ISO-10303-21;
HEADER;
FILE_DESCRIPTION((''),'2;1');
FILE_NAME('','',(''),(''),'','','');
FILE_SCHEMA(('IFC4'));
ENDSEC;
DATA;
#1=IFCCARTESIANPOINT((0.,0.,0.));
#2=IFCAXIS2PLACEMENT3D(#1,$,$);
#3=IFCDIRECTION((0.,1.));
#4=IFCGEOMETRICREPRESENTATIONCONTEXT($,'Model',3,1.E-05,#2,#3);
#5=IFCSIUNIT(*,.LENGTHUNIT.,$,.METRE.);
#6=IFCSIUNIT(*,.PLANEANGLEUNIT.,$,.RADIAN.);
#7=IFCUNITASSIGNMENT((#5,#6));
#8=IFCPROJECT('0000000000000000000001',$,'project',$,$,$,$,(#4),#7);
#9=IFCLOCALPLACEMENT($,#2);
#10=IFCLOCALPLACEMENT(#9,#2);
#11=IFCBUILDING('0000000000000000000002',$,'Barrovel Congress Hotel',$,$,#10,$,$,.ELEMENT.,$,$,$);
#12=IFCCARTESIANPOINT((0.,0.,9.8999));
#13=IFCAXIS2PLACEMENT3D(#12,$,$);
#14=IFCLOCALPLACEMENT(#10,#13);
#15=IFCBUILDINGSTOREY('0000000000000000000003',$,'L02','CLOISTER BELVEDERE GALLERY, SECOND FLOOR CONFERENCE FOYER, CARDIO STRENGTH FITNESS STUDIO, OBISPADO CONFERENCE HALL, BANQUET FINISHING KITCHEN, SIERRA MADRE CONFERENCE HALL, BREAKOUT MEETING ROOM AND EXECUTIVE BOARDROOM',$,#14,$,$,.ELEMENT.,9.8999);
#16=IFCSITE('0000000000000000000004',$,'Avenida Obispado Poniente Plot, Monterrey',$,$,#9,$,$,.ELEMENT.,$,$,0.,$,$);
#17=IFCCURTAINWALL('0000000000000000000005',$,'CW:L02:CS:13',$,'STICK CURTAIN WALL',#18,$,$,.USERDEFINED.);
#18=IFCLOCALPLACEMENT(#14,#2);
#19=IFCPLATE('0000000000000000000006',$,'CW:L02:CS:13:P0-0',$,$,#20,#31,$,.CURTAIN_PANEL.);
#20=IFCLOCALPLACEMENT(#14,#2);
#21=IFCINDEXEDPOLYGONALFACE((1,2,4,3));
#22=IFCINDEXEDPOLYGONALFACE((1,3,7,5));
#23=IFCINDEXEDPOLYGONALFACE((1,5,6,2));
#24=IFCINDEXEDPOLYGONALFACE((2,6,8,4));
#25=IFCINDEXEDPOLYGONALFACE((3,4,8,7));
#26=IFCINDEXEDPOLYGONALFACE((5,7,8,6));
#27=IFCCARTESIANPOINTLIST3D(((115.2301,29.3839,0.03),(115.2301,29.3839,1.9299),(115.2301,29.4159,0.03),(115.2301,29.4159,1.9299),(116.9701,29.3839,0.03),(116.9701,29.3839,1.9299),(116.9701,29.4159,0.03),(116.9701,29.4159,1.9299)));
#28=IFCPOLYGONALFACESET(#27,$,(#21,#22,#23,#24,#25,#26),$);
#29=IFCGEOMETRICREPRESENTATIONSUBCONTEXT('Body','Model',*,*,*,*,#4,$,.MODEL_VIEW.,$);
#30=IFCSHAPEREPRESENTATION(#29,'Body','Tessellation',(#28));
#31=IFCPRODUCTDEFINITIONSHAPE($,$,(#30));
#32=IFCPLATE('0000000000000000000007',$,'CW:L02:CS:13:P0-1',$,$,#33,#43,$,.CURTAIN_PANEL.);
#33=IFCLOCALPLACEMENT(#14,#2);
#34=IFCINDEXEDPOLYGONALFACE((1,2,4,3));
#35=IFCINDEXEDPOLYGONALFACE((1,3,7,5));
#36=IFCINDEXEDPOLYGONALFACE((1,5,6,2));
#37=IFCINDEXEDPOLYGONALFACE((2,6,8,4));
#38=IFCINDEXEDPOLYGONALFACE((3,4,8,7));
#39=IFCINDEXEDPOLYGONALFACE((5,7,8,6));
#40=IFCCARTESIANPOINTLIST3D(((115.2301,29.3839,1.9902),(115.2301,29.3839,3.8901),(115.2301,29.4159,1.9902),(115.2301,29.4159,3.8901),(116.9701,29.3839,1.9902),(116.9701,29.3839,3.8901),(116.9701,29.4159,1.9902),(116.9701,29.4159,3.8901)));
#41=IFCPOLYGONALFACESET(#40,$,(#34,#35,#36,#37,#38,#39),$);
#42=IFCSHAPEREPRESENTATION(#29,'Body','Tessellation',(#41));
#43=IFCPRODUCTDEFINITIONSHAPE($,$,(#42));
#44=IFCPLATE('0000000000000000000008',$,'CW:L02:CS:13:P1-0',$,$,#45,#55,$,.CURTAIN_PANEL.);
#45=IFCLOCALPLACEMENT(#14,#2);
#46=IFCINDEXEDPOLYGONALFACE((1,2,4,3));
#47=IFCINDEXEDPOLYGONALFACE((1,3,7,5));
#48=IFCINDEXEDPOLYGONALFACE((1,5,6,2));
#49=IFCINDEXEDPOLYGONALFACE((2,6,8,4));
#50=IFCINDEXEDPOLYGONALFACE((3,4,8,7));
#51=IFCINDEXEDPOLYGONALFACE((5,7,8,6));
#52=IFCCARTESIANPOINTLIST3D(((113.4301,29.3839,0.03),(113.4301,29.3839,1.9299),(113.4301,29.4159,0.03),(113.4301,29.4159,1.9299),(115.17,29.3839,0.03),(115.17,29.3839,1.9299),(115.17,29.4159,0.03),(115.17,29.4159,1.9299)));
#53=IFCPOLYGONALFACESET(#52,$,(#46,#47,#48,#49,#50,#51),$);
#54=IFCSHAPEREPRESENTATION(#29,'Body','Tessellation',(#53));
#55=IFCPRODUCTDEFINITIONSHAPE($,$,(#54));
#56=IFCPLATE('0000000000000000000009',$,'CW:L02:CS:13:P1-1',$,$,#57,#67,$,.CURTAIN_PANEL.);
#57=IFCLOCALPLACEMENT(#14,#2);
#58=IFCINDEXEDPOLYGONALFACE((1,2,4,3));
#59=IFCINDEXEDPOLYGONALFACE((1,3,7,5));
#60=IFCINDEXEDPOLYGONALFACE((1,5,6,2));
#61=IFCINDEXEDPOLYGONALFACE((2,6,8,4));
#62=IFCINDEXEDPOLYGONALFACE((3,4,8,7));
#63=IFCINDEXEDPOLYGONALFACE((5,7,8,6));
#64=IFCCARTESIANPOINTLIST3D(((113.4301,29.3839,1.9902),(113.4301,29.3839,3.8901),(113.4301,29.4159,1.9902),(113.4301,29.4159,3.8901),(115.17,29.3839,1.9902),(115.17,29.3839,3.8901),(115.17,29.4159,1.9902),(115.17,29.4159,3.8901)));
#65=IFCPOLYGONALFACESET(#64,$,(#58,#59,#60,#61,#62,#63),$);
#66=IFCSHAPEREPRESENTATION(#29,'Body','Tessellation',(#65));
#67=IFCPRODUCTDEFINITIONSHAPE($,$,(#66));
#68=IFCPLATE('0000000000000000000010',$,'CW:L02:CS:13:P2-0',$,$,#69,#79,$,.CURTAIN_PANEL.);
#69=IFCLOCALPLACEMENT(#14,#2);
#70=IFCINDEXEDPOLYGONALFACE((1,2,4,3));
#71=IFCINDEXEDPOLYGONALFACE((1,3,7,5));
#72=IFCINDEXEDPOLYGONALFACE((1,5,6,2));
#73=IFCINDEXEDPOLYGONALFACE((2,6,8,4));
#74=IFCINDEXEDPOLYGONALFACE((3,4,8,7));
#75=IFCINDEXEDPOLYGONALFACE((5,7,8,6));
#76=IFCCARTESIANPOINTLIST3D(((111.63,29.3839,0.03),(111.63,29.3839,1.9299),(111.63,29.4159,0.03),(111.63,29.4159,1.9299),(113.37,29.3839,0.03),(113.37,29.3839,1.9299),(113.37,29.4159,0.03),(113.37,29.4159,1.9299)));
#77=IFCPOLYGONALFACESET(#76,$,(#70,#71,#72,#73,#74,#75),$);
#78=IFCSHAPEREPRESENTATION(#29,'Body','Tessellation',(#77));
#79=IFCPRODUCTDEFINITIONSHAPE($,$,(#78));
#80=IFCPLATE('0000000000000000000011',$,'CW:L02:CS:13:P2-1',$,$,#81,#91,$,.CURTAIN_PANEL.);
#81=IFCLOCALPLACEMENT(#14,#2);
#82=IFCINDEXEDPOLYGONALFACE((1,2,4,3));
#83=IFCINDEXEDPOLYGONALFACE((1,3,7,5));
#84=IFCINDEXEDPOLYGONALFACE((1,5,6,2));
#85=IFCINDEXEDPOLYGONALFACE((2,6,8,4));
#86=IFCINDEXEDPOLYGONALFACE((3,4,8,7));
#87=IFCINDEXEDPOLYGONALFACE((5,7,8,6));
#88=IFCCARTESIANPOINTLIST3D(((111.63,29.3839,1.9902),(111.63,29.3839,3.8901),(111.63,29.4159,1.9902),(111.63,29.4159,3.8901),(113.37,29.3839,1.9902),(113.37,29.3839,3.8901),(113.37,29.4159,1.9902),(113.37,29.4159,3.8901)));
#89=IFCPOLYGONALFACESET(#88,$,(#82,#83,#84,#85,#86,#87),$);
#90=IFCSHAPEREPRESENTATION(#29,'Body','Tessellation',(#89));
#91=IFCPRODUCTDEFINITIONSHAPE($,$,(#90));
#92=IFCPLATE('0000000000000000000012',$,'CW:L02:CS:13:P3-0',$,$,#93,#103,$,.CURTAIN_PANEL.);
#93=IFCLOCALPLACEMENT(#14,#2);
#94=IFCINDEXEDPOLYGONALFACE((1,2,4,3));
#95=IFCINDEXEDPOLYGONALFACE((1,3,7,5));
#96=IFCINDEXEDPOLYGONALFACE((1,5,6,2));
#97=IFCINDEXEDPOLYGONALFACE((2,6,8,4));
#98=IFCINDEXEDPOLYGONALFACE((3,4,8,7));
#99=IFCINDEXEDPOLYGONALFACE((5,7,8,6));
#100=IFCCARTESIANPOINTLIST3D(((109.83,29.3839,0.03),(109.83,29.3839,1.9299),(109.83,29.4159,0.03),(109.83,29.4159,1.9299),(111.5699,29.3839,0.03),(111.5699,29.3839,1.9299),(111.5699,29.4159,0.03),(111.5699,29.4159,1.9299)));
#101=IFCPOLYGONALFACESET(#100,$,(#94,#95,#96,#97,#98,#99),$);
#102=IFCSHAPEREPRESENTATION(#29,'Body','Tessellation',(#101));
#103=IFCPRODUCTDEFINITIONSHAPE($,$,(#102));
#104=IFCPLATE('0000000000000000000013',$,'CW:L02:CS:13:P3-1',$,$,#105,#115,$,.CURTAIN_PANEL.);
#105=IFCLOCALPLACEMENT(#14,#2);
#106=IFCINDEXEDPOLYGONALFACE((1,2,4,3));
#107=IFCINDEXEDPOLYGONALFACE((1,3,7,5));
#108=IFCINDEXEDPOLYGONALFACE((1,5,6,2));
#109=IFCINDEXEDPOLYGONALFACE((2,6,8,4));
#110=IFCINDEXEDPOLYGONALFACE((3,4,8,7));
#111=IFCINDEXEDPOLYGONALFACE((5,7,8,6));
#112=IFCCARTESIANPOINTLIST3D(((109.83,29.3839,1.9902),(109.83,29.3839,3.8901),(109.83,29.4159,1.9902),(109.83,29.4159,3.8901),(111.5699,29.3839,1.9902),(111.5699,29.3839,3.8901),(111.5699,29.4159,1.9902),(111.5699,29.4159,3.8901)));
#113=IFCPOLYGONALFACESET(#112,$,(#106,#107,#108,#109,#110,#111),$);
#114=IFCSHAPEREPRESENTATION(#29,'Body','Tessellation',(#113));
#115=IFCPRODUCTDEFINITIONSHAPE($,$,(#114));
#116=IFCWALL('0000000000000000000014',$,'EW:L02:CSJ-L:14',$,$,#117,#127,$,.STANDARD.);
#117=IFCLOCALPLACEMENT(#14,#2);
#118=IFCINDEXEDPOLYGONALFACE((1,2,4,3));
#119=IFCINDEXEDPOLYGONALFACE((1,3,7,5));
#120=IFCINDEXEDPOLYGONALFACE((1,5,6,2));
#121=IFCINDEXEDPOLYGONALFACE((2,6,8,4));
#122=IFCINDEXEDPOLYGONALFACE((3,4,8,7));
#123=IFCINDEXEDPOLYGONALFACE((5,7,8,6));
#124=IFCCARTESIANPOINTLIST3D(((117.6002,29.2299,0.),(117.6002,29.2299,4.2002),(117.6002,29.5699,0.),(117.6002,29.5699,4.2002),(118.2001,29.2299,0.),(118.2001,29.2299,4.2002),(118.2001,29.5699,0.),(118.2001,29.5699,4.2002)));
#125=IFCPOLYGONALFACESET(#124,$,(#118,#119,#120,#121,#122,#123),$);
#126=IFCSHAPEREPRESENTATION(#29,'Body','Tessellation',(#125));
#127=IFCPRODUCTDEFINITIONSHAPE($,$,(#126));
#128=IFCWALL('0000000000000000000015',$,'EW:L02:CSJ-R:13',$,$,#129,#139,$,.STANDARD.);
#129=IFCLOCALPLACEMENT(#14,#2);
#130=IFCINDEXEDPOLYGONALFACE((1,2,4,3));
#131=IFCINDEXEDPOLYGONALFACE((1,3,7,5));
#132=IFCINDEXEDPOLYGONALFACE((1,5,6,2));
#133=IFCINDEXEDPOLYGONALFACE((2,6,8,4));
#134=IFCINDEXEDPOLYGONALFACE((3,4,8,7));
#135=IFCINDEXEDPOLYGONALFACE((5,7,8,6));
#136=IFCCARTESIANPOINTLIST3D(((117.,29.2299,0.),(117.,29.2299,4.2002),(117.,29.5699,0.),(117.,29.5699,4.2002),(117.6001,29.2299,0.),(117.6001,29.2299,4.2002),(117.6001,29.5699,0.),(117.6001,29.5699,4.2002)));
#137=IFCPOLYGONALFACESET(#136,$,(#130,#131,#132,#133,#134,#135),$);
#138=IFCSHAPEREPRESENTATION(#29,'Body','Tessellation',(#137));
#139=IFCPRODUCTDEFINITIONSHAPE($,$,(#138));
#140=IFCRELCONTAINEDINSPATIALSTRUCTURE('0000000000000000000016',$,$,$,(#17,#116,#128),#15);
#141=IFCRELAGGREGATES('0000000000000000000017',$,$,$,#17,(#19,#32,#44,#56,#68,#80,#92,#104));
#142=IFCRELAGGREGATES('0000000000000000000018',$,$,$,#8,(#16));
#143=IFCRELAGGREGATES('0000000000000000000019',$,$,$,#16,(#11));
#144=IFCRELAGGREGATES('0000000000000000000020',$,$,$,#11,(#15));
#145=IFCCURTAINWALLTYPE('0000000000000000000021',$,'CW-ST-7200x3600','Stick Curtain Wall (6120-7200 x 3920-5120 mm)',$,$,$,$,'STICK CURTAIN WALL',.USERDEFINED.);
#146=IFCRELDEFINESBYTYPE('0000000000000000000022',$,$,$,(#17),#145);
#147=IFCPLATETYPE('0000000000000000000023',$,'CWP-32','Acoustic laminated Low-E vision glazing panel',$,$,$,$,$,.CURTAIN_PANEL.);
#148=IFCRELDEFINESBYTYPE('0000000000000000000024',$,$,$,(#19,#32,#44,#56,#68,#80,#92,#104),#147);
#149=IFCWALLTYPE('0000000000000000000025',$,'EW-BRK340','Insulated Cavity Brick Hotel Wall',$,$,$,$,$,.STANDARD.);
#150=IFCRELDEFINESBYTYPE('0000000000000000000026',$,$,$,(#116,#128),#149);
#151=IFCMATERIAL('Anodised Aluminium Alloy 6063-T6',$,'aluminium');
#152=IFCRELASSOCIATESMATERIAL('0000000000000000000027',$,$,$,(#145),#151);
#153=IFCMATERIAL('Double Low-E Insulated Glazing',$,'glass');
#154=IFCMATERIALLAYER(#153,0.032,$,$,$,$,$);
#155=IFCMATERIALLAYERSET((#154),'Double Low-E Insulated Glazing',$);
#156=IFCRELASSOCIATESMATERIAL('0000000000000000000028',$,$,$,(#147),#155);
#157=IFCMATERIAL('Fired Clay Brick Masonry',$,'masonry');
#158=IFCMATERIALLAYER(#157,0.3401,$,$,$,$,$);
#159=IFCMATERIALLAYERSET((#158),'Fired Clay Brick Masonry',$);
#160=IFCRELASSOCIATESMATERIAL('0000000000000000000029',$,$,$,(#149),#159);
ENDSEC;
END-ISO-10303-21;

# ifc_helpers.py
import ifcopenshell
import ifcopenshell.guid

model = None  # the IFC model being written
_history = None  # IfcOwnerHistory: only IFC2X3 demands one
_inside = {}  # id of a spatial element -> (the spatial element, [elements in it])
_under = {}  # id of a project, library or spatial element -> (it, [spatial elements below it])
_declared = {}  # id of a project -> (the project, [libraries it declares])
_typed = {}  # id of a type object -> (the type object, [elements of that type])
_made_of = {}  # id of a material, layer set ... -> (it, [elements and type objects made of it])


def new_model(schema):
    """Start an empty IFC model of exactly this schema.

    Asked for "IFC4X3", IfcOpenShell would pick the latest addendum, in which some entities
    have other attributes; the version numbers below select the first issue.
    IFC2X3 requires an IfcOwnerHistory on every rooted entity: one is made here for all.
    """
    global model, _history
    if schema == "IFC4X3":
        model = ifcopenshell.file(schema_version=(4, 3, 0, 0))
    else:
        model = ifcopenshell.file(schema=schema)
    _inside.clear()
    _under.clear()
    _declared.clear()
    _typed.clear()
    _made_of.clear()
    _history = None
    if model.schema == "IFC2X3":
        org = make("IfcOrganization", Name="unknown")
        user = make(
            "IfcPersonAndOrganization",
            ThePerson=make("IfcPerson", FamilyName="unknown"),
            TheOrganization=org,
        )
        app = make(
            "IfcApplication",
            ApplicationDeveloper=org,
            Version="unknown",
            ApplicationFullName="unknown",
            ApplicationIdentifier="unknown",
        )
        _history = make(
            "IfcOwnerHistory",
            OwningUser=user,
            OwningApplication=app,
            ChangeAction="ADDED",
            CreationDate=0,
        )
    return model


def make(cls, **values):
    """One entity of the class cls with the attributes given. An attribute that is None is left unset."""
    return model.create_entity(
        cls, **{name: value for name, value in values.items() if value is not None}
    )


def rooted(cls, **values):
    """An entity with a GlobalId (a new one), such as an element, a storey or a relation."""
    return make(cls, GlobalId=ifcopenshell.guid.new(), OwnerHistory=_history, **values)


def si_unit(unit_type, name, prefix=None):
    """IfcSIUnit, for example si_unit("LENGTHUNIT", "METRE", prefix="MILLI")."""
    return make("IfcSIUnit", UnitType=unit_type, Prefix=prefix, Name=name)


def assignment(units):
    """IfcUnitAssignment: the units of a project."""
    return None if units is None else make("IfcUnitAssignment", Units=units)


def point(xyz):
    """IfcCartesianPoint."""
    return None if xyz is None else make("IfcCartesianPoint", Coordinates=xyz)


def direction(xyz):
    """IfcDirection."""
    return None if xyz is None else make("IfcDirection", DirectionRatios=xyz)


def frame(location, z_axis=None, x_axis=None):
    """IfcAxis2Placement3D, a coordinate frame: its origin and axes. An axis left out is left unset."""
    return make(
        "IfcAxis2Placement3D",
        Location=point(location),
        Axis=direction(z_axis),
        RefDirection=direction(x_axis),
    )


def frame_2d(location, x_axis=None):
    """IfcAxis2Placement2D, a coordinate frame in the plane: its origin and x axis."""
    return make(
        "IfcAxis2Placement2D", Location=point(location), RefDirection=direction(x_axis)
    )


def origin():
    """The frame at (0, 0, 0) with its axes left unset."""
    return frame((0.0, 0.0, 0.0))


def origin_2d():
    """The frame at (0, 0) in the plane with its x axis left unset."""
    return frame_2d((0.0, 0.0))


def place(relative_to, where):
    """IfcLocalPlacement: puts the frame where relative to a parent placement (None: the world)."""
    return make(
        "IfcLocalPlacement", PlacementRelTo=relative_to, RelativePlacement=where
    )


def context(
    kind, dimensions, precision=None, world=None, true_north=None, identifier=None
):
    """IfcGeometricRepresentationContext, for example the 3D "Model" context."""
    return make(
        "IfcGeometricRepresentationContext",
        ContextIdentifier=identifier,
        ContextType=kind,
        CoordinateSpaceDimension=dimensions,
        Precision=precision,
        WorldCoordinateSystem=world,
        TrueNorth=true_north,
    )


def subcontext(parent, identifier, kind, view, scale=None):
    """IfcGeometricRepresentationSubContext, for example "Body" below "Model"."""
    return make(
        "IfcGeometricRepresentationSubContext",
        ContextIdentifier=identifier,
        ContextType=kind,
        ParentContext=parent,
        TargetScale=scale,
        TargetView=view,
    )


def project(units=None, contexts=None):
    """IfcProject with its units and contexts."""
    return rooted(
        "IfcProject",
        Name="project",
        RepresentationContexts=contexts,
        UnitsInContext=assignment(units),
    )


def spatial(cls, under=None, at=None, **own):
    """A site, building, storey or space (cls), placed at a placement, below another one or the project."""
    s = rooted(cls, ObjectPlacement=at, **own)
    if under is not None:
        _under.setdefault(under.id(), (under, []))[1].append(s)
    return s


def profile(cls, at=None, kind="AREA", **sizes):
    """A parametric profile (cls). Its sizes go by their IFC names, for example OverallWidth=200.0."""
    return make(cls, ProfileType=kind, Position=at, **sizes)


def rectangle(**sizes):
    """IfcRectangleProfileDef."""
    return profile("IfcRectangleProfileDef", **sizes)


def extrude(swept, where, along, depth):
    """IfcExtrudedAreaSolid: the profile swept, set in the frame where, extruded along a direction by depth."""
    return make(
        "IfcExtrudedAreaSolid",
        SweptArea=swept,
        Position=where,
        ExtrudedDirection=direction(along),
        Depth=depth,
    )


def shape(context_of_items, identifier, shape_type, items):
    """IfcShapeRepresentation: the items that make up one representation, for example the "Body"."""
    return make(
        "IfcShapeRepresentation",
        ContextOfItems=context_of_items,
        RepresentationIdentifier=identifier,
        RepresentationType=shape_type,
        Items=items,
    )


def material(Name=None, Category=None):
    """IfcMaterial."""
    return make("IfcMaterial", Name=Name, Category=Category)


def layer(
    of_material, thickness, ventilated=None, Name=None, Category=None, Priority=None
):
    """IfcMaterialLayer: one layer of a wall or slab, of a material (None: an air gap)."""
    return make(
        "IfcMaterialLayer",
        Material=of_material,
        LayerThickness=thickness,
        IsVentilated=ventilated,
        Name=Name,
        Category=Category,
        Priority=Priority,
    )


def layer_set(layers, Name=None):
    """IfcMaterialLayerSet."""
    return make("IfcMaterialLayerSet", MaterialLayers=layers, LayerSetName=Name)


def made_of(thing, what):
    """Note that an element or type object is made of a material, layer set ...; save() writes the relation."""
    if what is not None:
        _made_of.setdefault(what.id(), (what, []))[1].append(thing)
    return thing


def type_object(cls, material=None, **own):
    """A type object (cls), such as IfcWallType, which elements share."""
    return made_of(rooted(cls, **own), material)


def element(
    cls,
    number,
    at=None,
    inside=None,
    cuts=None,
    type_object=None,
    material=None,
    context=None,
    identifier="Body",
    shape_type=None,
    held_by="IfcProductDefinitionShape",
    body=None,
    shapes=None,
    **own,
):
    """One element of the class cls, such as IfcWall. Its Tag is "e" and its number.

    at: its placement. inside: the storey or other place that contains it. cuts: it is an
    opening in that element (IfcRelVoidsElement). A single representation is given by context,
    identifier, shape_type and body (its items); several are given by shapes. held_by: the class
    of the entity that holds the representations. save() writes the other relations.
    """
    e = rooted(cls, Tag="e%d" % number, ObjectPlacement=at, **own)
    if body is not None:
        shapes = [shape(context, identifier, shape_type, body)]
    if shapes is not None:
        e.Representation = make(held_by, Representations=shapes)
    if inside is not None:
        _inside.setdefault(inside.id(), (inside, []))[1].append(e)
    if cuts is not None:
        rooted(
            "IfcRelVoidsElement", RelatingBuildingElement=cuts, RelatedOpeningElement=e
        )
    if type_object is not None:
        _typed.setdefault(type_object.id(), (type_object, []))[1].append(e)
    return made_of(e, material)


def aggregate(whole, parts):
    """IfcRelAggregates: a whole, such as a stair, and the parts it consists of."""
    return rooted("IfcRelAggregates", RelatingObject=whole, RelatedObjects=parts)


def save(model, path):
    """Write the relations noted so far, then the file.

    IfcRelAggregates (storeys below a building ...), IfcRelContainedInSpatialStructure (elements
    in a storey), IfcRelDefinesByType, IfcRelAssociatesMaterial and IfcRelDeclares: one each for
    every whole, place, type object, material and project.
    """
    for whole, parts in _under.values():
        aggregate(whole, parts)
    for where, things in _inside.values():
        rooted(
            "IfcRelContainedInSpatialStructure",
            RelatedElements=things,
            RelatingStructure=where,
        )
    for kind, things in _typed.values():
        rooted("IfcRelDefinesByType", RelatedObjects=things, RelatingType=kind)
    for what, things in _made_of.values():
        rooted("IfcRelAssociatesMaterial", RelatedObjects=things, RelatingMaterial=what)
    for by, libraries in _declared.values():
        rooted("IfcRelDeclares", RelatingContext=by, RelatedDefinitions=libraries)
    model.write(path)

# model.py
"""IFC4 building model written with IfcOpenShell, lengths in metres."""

from ifc_helpers import new_model, si_unit, direction, frame, frame_2d, origin, origin_2d, place, context, subcontext, project, spatial, rectangle, extrude, material, layer, layer_set, type_object, element, aggregate, save


model = new_model("IFC4")

# Units and contexts
model_context = context("Model", 3, precision=1e-05, world=origin(), true_north=direction((0.0, 1.0)))
body_context = subcontext(model_context, "Body", "Model", "MODEL_VIEW")
ifc_project = project(units=[si_unit("LENGTHUNIT", "METRE"), si_unit("PLANEANGLEUNIT", "RADIAN")], contexts=[model_context])

# Site, building, storey
site_placement = place(None, origin())
site = spatial("IfcSite", under=ifc_project, at=site_placement, Name="Avenida Obispado Poniente Plot, Monterrey", CompositionType="ELEMENT", RefElevation=0.0)
building_placement = place(site_placement, origin())
building = spatial("IfcBuilding", under=site, at=building_placement, Name="Barrovel Congress Hotel", CompositionType="ELEMENT")
storey_placement = place(building_placement, frame((0.0, 0.0, 9.8999)))
storey = spatial("IfcBuildingStorey", under=building, at=storey_placement, Name="L02", Description="CLOISTER BELVEDERE GALLERY, SECOND FLOOR CONFERENCE FOYER, CARDIO STRENGTH FITNESS STUDIO, OBISPADO CONFERENCE HALL, BANQUET FINISHING KITCHEN, SIERRA MADRE CONFERENCE HALL, BREAKOUT MEETING ROOM AND EXECUTIVE BOARDROOM", CompositionType="ELEMENT", Elevation=9.8999)

# Shared definitions
ifc_material_1 = material(Name="Anodised Aluminium Alloy 6063-T6", Category="aluminium")
curtain_wall_type = type_object("IfcCurtainWallType", Name="CW-ST-7200x3600", Description="Stick Curtain Wall (6120-7200 x 3920-5120 mm)", ElementType="STICK CURTAIN WALL", PredefinedType="USERDEFINED", material=ifc_material_1)

# Curtain wall
curtain_wall_1_placement = place(storey_placement, origin())
curtain_wall_1 = element("IfcCurtainWall", 1, at=curtain_wall_1_placement, inside=storey, type_object=curtain_wall_type, Name="CW:L02:CS:13", ObjectType="STICK CURTAIN WALL", PredefinedType="USERDEFINED")

# Plates
ifc_material_2 = material(Name="Double Low-E Insulated Glazing", Category="glass")
ifc_layer_1 = layer(ifc_material_2, 0.032)
ifc_layer_set_1 = layer_set([ifc_layer_1], Name="Double Low-E Insulated Glazing")
plate_type_1 = type_object("IfcPlateType", Name="CWP-32", Description="Acoustic laminated Low-E vision glazing panel", PredefinedType="CURTAIN_PANEL", material=ifc_layer_set_1)
plate_1_placement = place(storey_placement, frame((116.1001, 29.3999, 0.03), z_axis=(0.0, 0.0, 1.0), x_axis=(-1.0, 0.0, 0.0)))
plate_1 = element("IfcPlate", 2, at=plate_1_placement, type_object=plate_type_1, Name="CW:L02:CS:13:P0-0", PredefinedType="CURTAIN_PANEL", context=body_context, shape_type="SweptSolid", body=[
    extrude(rectangle(XDim=1.74, YDim=0.032, at=origin_2d()), origin(), (0.0, 0.0, 1.0), 1.8999),
])
plate_2_placement = place(storey_placement, frame((116.1001, 29.3999, 1.9902), z_axis=(0.0, 0.0, 1.0), x_axis=(-1.0, 0.0, 0.0)))
plate_2 = element("IfcPlate", 3, at=plate_2_placement, type_object=plate_type_1, Name="CW:L02:CS:13:P0-1", PredefinedType="CURTAIN_PANEL", context=body_context, shape_type="SweptSolid", body=[
    extrude(rectangle(XDim=1.74, YDim=0.032, at=origin_2d()), origin(), (0.0, 0.0, 1.0), 1.8999),
])
plate_3_placement = place(storey_placement, frame((114.3, 29.3999, 0.03), z_axis=(0.0, 0.0, 1.0), x_axis=(-1.0, 0.0, 0.0)))
plate_3 = element("IfcPlate", 4, at=plate_3_placement, type_object=plate_type_1, Name="CW:L02:CS:13:P1-0", PredefinedType="CURTAIN_PANEL", context=body_context, shape_type="SweptSolid", body=[
    extrude(rectangle(XDim=1.74, YDim=0.032, at=origin_2d()), origin(), (0.0, 0.0, 1.0), 1.8999),
])
plate_4_placement = place(storey_placement, frame((114.3, 29.3999, 1.9902), z_axis=(0.0, 0.0, 1.0), x_axis=(-1.0, 0.0, 0.0)))
plate_4 = element("IfcPlate", 5, at=plate_4_placement, type_object=plate_type_1, Name="CW:L02:CS:13:P1-1", PredefinedType="CURTAIN_PANEL", context=body_context, shape_type="SweptSolid", body=[
    extrude(rectangle(XDim=1.74, YDim=0.032, at=origin_2d()), origin(), (0.0, 0.0, 1.0), 1.8999),
])
plate_5_placement = place(storey_placement, frame((112.5, 29.3999, 0.03), z_axis=(0.0, 0.0, 1.0), x_axis=(-1.0, 0.0, 0.0)))
plate_5 = element("IfcPlate", 6, at=plate_5_placement, type_object=plate_type_1, Name="CW:L02:CS:13:P2-0", PredefinedType="CURTAIN_PANEL", context=body_context, shape_type="SweptSolid", body=[
    extrude(rectangle(XDim=1.74, YDim=0.032, at=origin_2d()), origin(), (0.0, 0.0, 1.0), 1.8999),
])
plate_6_placement = place(storey_placement, frame((112.5, 29.3999, 1.9902), z_axis=(0.0, 0.0, 1.0), x_axis=(-1.0, 0.0, 0.0)))
plate_6 = element("IfcPlate", 7, at=plate_6_placement, type_object=plate_type_1, Name="CW:L02:CS:13:P2-1", PredefinedType="CURTAIN_PANEL", context=body_context, shape_type="SweptSolid", body=[
    extrude(rectangle(XDim=1.74, YDim=0.032, at=origin_2d()), origin(), (0.0, 0.0, 1.0), 1.8999),
])
plate_7_placement = place(storey_placement, frame((110.7, 29.3999, 0.03), z_axis=(0.0, 0.0, 1.0), x_axis=(-1.0, 0.0, 0.0)))
plate_7 = element("IfcPlate", 8, at=plate_7_placement, type_object=plate_type_1, Name="CW:L02:CS:13:P3-0", PredefinedType="CURTAIN_PANEL", context=body_context, shape_type="SweptSolid", body=[
    extrude(rectangle(XDim=1.74, YDim=0.032, at=origin_2d()), origin(), (0.0, 0.0, 1.0), 1.8999),
])
plate_8_placement = place(storey_placement, frame((110.7, 29.3999, 1.9902), z_axis=(0.0, 0.0, 1.0), x_axis=(-1.0, 0.0, 0.0)))
plate_8 = element("IfcPlate", 9, at=plate_8_placement, type_object=plate_type_1, Name="CW:L02:CS:13:P3-1", PredefinedType="CURTAIN_PANEL", context=body_context, shape_type="SweptSolid", body=[
    extrude(rectangle(XDim=1.74, YDim=0.032, at=origin_2d()), origin(), (0.0, 0.0, 1.0), 1.8999),
])
aggregate(curtain_wall_1, [plate_1, plate_2, plate_3, plate_4, plate_5, plate_6, plate_7, plate_8])

# Walls
ifc_material_3 = material(Name="Fired Clay Brick Masonry", Category="masonry")
ifc_layer_2 = layer(ifc_material_3, 0.3401)
ifc_layer_set_2 = layer_set([ifc_layer_2], Name="Fired Clay Brick Masonry")
wall_type = type_object("IfcWallType", Name="EW-BRK340", Description="Insulated Cavity Brick Hotel Wall", PredefinedType="STANDARD", material=ifc_layer_set_2)
wall_1_placement = place(storey_placement, frame((118.2, 29.3999, 0.0), z_axis=(0.0, 0.0, 1.0), x_axis=(-1.0, 0.0, 0.0)))
element("IfcWall", 10, at=wall_1_placement, inside=storey, type_object=wall_type, Name="EW:L02:CSJ-L:14", PredefinedType="STANDARD", context=body_context, shape_type="SweptSolid", body=[
    extrude(rectangle(XDim=0.5999, YDim=0.3401, at=frame_2d((0.2998, 0.0))), origin(), (0.0, 0.0, 1.0), 4.2002),
])
wall_2_placement = place(storey_placement, frame((117.6001, 29.3999, 0.0), z_axis=(0.0, 0.0, 1.0), x_axis=(-1.0, 0.0, 0.0)))
element("IfcWall", 11, at=wall_2_placement, inside=storey, type_object=wall_type, Name="EW:L02:CSJ-R:13", PredefinedType="STANDARD", context=body_context, shape_type="SweptSolid", body=[
    extrude(rectangle(XDim=0.6001, YDim=0.3401, at=frame_2d((0.3, 0.0))), origin(), (0.0, 0.0, 1.0), 4.2002),
])

save(model, "model.ifc")
